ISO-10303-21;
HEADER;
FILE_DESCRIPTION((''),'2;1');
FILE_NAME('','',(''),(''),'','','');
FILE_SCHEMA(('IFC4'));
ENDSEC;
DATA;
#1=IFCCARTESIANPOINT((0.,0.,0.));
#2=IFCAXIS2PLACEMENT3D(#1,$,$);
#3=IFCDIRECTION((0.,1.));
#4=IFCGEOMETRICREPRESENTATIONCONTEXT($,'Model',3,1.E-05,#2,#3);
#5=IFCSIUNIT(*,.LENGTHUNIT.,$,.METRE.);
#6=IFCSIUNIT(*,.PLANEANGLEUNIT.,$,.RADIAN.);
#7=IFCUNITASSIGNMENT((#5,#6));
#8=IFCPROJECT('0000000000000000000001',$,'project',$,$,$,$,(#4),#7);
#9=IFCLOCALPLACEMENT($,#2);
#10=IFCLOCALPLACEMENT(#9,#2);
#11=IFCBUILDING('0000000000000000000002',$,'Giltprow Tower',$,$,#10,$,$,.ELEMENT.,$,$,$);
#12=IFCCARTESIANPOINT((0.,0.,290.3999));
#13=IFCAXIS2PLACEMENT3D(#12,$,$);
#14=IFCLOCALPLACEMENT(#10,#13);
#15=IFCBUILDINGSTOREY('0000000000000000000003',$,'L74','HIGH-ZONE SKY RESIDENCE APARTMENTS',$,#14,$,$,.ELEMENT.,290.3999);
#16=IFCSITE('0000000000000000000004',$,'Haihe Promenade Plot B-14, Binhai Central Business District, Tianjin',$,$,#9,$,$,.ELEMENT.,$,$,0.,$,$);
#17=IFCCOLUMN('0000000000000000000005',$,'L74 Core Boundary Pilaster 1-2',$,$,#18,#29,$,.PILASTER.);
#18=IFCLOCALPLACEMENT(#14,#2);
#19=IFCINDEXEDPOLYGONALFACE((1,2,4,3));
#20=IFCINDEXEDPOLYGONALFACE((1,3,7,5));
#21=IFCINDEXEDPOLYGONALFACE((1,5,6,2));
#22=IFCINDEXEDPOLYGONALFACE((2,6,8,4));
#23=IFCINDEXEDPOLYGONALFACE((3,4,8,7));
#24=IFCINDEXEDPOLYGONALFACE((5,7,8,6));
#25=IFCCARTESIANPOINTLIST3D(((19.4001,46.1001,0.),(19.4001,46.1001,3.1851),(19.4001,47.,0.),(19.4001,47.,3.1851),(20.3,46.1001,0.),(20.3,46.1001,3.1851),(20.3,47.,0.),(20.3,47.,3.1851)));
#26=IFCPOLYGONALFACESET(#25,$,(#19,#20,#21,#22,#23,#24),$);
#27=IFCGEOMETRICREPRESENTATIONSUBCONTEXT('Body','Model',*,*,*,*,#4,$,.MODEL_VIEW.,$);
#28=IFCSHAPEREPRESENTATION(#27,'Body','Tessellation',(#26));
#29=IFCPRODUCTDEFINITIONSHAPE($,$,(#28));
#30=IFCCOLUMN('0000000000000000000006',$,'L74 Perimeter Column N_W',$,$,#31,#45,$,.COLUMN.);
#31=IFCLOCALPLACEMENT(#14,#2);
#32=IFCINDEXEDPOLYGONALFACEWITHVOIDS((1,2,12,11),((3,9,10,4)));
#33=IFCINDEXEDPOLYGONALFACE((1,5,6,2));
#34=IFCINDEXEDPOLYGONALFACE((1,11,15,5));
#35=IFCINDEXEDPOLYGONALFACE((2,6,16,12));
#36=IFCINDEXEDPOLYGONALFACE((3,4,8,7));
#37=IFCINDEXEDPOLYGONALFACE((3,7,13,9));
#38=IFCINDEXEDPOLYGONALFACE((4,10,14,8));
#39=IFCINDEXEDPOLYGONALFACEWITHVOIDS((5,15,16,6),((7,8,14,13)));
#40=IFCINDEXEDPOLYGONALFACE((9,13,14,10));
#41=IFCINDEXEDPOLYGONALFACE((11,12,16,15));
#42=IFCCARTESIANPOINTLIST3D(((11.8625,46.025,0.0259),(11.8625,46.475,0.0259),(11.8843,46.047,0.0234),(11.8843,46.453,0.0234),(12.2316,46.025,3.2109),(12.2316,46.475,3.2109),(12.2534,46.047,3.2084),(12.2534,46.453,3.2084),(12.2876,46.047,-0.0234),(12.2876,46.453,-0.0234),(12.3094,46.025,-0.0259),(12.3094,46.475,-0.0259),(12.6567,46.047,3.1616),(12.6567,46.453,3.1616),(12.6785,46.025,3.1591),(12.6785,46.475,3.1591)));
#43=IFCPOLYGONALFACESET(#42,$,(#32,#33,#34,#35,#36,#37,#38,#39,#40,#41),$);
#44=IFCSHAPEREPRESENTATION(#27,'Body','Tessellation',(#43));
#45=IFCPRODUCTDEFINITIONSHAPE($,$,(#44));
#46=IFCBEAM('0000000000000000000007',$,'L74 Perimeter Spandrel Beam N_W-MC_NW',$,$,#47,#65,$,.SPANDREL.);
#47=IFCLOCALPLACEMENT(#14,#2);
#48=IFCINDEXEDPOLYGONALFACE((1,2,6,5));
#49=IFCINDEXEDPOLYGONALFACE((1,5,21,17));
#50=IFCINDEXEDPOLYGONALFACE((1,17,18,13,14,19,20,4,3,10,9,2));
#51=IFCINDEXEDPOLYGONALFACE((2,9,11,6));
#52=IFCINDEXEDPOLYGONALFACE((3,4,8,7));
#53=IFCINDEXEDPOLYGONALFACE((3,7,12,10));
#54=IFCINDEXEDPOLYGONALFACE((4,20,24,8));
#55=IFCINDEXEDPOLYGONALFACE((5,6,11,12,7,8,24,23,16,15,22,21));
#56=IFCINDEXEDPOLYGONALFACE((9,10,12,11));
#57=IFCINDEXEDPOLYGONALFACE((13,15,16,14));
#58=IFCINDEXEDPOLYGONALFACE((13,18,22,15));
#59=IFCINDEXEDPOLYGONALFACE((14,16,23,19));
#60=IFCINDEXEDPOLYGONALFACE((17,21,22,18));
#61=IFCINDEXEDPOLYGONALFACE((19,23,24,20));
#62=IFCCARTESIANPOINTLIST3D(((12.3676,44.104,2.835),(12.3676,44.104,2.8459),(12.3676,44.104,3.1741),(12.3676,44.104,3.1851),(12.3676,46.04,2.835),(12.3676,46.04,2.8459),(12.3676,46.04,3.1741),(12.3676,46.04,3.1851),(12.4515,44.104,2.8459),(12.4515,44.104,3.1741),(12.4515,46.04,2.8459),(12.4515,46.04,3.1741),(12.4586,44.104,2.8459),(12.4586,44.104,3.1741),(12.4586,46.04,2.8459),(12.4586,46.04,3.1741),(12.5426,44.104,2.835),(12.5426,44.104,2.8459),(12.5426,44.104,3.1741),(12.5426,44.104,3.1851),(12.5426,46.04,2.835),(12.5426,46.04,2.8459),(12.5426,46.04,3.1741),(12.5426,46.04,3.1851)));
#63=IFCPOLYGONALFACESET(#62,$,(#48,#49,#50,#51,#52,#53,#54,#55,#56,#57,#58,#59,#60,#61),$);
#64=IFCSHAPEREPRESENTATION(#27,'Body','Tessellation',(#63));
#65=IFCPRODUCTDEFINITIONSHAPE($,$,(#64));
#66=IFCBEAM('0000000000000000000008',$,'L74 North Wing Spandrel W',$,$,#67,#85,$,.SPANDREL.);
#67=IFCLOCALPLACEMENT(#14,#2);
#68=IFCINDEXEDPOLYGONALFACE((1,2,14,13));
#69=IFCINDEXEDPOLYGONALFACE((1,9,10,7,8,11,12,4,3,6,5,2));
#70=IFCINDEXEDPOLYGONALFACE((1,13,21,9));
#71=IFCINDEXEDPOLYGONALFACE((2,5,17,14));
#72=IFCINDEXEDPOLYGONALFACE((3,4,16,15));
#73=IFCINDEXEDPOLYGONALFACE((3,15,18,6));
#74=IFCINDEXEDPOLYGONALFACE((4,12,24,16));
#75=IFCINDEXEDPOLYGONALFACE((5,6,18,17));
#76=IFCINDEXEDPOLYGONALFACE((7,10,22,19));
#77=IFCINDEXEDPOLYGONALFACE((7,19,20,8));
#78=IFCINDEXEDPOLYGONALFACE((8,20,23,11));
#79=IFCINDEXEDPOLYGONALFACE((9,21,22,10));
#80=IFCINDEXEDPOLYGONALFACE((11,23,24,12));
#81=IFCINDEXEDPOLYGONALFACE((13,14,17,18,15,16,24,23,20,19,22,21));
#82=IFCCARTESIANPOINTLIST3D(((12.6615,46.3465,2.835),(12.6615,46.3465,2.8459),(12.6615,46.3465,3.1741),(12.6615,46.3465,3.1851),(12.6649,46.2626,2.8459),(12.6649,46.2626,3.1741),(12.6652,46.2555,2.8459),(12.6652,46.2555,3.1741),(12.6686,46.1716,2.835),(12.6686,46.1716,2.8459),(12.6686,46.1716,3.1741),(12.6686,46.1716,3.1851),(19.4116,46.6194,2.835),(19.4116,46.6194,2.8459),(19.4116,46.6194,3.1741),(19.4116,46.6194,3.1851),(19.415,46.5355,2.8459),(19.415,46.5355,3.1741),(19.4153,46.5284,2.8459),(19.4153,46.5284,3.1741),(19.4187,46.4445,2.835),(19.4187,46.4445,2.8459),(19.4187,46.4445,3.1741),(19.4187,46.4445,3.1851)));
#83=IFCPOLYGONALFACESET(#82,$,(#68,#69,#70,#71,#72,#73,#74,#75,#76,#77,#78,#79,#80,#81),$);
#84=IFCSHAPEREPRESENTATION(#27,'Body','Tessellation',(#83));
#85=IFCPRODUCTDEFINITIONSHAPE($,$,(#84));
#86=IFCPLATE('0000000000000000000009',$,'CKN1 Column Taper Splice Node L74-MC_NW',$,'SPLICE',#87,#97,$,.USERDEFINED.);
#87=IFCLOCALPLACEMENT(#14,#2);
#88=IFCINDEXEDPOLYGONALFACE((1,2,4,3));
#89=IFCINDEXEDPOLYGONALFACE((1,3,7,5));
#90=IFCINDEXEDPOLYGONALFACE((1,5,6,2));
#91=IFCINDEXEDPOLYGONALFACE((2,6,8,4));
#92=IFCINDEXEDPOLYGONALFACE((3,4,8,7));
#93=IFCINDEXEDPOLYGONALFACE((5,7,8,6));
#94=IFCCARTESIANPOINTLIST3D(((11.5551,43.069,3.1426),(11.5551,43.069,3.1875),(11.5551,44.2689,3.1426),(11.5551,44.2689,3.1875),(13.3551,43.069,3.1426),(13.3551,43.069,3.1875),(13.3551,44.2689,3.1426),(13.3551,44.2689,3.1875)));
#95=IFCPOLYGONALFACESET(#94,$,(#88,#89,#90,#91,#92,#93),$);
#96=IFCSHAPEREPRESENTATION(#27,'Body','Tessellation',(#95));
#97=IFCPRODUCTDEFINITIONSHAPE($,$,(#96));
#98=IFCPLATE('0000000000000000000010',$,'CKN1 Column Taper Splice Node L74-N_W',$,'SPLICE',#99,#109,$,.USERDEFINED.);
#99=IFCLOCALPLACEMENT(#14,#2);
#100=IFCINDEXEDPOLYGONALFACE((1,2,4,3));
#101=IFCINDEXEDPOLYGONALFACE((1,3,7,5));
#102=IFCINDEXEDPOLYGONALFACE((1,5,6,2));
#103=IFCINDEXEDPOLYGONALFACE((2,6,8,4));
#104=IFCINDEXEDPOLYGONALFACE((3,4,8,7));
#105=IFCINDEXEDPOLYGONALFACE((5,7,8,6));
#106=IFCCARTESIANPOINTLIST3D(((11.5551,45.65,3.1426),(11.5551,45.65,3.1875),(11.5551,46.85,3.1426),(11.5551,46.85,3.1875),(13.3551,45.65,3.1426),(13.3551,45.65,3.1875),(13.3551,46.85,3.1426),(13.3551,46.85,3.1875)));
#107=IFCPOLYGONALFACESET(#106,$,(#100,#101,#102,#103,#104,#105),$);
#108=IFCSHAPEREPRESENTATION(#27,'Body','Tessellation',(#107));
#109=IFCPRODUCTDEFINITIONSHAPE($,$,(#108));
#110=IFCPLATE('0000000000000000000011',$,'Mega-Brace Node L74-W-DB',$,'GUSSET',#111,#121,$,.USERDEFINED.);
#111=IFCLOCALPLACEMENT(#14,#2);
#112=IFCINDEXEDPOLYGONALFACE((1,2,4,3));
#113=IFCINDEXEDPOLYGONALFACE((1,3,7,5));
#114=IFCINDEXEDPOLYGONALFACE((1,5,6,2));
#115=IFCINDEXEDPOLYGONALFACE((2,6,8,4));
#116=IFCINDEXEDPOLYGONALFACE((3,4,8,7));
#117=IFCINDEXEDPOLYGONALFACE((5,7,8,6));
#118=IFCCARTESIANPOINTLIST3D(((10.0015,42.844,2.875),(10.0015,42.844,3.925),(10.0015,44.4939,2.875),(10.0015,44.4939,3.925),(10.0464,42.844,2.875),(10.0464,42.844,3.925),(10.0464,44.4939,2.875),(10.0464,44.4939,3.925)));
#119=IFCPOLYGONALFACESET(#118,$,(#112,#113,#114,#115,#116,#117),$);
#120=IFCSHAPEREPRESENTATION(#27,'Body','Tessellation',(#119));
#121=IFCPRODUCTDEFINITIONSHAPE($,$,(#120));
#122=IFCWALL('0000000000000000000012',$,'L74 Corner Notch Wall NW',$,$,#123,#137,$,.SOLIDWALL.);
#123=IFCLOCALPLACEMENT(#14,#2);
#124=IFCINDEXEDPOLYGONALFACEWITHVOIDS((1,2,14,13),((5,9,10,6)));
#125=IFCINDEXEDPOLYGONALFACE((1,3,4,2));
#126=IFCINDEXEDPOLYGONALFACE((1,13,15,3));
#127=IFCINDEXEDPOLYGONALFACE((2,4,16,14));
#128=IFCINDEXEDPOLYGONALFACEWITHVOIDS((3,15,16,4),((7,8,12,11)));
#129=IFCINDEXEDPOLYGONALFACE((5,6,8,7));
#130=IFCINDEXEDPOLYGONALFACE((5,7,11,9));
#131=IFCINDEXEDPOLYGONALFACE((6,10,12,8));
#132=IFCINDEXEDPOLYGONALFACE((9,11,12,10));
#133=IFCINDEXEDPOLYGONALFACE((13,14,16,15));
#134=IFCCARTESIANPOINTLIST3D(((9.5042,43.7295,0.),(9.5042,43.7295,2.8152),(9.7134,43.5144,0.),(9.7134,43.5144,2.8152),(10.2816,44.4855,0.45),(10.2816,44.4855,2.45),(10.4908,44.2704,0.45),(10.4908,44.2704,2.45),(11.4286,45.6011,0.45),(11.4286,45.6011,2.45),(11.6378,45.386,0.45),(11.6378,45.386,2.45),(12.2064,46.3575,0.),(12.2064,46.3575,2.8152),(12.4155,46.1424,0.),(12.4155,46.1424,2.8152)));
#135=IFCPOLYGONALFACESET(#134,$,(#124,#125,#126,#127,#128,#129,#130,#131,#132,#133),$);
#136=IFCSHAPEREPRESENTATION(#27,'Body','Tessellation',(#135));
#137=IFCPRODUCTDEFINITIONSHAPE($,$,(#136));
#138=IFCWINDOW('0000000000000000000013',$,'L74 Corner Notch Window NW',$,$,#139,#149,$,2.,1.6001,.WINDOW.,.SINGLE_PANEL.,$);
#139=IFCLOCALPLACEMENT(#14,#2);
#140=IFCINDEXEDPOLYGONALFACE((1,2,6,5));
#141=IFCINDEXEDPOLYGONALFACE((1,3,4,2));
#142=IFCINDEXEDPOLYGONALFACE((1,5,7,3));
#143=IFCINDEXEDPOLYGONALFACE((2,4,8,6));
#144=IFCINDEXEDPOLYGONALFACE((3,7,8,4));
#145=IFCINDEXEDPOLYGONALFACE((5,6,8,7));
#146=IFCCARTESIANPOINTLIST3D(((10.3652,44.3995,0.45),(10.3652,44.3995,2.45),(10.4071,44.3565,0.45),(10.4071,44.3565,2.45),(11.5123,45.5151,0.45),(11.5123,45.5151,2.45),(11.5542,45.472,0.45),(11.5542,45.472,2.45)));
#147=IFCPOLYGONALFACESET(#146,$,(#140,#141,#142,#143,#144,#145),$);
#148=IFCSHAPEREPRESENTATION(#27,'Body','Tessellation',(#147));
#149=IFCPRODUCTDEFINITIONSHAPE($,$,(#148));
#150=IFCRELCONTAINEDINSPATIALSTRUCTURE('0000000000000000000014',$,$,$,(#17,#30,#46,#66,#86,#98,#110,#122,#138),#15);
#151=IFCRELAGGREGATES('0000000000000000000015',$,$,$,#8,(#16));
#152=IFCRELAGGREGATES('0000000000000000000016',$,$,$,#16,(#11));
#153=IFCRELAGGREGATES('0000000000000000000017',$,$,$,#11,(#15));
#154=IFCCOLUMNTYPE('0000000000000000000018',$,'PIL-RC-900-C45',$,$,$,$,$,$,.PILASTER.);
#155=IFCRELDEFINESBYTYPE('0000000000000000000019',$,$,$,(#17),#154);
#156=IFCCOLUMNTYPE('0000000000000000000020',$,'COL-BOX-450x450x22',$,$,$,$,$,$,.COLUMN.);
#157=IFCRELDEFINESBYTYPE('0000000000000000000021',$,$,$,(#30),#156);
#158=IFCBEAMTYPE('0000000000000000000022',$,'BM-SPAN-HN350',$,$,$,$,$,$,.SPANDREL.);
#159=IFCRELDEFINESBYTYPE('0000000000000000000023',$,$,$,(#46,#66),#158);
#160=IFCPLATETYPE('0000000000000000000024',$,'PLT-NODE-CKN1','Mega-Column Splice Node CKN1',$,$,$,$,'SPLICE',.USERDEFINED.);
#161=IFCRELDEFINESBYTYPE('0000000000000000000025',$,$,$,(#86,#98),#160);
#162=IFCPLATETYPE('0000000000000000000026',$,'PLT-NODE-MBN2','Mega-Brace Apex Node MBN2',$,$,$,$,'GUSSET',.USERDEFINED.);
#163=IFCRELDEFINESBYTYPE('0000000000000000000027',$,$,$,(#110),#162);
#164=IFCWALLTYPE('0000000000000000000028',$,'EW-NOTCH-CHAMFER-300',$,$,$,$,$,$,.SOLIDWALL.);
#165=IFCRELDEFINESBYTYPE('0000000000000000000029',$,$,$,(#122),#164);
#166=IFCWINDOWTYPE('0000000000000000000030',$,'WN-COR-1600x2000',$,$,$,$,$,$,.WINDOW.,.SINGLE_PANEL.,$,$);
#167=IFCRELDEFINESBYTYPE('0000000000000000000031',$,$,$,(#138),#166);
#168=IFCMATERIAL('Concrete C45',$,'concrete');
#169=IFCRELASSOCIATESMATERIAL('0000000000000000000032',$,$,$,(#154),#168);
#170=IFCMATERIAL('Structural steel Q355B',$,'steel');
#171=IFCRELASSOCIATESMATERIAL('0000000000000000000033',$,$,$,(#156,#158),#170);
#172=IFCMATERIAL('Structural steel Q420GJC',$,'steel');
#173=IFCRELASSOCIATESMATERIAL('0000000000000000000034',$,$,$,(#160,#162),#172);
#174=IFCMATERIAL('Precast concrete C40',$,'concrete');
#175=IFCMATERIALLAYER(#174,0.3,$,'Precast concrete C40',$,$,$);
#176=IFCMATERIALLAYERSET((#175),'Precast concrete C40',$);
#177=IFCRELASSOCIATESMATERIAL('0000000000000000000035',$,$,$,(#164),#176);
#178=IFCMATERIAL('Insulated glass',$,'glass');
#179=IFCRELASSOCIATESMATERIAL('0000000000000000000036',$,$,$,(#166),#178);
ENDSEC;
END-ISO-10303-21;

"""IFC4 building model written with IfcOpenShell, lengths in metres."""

from ifc_helpers import new_model, si_unit, direction, frame, frame_2d, origin, origin_2d, place, context, subcontext, project, spatial, rectangle, hollow_rectangle, i_section, extrude, source, transform, mapped, material, layer, layer_set, material_profile, profile_set, type_object, element, fill, save


model = new_model("IFC4")

# Units and contexts
model_context = context("Model", 3, precision=1e-05, world=origin(), true_north=direction((0.0, 1.0)))
body_context = subcontext(model_context, "Body", "Model", "MODEL_VIEW")
ifc_project = project(units=[si_unit("LENGTHUNIT", "METRE"), si_unit("PLANEANGLEUNIT", "RADIAN")], contexts=[model_context])

# Site, building, storey
site_placement = place(None, origin())
site = spatial("IfcSite", under=ifc_project, at=site_placement, Name="Haihe Promenade Plot B-14, Binhai Central Business District, Tianjin", CompositionType="ELEMENT", RefElevation=0.0)
building_placement = place(site_placement, origin())
building = spatial("IfcBuilding", under=site, at=building_placement, Name="Giltprow Tower", CompositionType="ELEMENT")
storey_placement = place(building_placement, frame((0.0, 0.0, 290.3999)))
storey = spatial("IfcBuildingStorey", under=building, at=storey_placement, Name="L74", Description="HIGH-ZONE SKY RESIDENCE APARTMENTS", CompositionType="ELEMENT", Elevation=290.3999)

# Columns
ifc_material_1 = material(Name="Concrete C45", Category="concrete")
ifc_material_profile_1 = material_profile(ifc_material_1, rectangle(XDim=0.8999, YDim=0.8999, at=origin_2d()), Name="RC 900x900")
ifc_profile_set_1 = profile_set([ifc_material_profile_1], Name="Concrete C45")
column_type_1 = type_object("IfcColumnType", Name="PIL-RC-900-C45", PredefinedType="PILASTER", material=ifc_profile_set_1)
shared_shape_1 = source(origin(), body_context, "Body", "SweptSolid", [
    extrude(rectangle(XDim=0.8999, YDim=0.8999, at=origin_2d()), origin(), (0.0, 0.0, 1.0), 3.1851),
])
column_1_placement = place(storey_placement, frame((19.8501, 46.55, 0.0), z_axis=(0.0, 0.0, 1.0), x_axis=(1.0, 0.0, 0.0)))
element("IfcColumn", 1, at=column_1_placement, inside=storey, type_object=column_type_1, Name="L74 Core Boundary Pilaster 1-2", PredefinedType="PILASTER", context=body_context, shape_type="MappedRepresentation", body=[
    mapped(shared_shape_1, transform((0.0, 0.0, 0.0), x_axis=(1.0, 0.0, 0.0), y_axis=(0.0, 1.0, 0.0), z_axis=(0.0, 0.0, 1.0), scale=1.0)),
])
ifc_material_2 = material(Name="Structural steel Q355B", Category="steel")
ifc_material_profile_2 = material_profile(ifc_material_2, hollow_rectangle(XDim=0.45, YDim=0.45, WallThickness=0.022, at=origin_2d()), Name="BOX 450x450x22")
ifc_profile_set_2 = profile_set([ifc_material_profile_2], Name="Structural steel Q355B")
column_type_2 = type_object("IfcColumnType", Name="COL-BOX-450x450x22", PredefinedType="COLUMN", material=ifc_profile_set_2)
shared_shape_2 = source(origin(), body_context, "Body", "SweptSolid", [
    extrude(hollow_rectangle(XDim=0.45, YDim=0.45, WallThickness=0.022, at=origin_2d()), origin(), (0.0, 0.0, 1.0), 3.2063),
])
column_2_placement = place(storey_placement, frame((12.0859, 46.25, 0.0), z_axis=(0.115127, 0.0, 0.993351), x_axis=(0.0, 1.0, 0.0)))
element("IfcColumn", 2, at=column_2_placement, inside=storey, type_object=column_type_2, Name="L74 Perimeter Column N_W", PredefinedType="COLUMN", context=body_context, shape_type="MappedRepresentation", body=[
    mapped(shared_shape_2, transform((0.0, 0.0, 0.0), x_axis=(1.0, 0.0, 0.0), y_axis=(0.0, 1.0, 0.0), z_axis=(0.0, 0.0, 1.0), scale=1.0)),
])

# Beams
ifc_material_profile_3 = material_profile(ifc_material_2, i_section(OverallWidth=0.175, OverallDepth=0.3501, WebThickness=0.0071, FlangeThickness=0.011, at=origin_2d()), Name="HN 350x175x7x11")
ifc_profile_set_3 = profile_set([ifc_material_profile_3], Name="Structural steel Q355B")
beam_type = type_object("IfcBeamType", Name="BM-SPAN-HN350", PredefinedType="SPANDREL", material=ifc_profile_set_3)
shared_shape_3 = source(origin(), body_context, "Body", "SweptSolid", [
    extrude(i_section(OverallWidth=0.175, OverallDepth=0.3501, WebThickness=0.0071, FlangeThickness=0.011, at=origin_2d()), origin(), (0.0, 0.0, 1.0), 1.936),
])
beam_1_placement = place(storey_placement, frame((12.4551, 46.04, 3.01), z_axis=(0.0, -1.0, 0.0), x_axis=(1.0, 0.0, 0.0)))
element("IfcBeam", 3, at=beam_1_placement, inside=storey, type_object=beam_type, Name="L74 Perimeter Spandrel Beam N_W-MC_NW", PredefinedType="SPANDREL", context=body_context, shape_type="MappedRepresentation", body=[
    mapped(shared_shape_3, transform((0.0, 0.0, 0.0), x_axis=(1.0, 0.0, 0.0), y_axis=(0.0, 1.0, 0.0), z_axis=(0.0, 0.0, 1.0), scale=1.0)),
])
shared_shape_4 = source(origin(), body_context, "Body", "SweptSolid", [
    extrude(i_section(OverallWidth=0.175, OverallDepth=0.3501, WebThickness=0.0071, FlangeThickness=0.011, at=origin_2d()), origin(), (0.0, 0.0, 1.0), 6.7556),
])
beam_2_placement = place(storey_placement, frame((12.665, 46.259, 3.01), z_axis=(0.999183, 0.040404, 0.0), x_axis=(-0.040404, 0.999183, 0.0)))
element("IfcBeam", 4, at=beam_2_placement, inside=storey, type_object=beam_type, Name="L74 North Wing Spandrel W", PredefinedType="SPANDREL", context=body_context, shape_type="MappedRepresentation", body=[
    mapped(shared_shape_4, transform((0.0, 0.0, 0.0), x_axis=(1.0, 0.0, 0.0), y_axis=(0.0, 1.0, 0.0), z_axis=(0.0, 0.0, 1.0), scale=1.0)),
])

# Plates
ifc_material_3 = material(Name="Structural steel Q420GJC", Category="steel")
plate_type_1 = type_object("IfcPlateType", Name="PLT-NODE-CKN1", Description="Mega-Column Splice Node CKN1", ElementType="SPLICE", PredefinedType="USERDEFINED", material=ifc_material_3)
shared_shape_5 = source(origin(), body_context, "Body", "SweptSolid", [
    extrude(rectangle(XDim=1.8, YDim=1.2, at=origin_2d()), origin(), (0.0, 0.0, 1.0), 0.0449),
])
for number, where, z_axis, x_axis, name in (
    (5, (12.4551, 43.6689, 3.1426), (0.0, 0.0, 1.0), (1.0, 0.0, 0.0), "CKN1 Column Taper Splice Node L74-MC_NW"),
    (6, (12.4551, 46.25, 3.1426), (0.0, 0.0, 1.0), (1.0, 0.0, 0.0), "CKN1 Column Taper Splice Node L74-N_W"),
):
    element("IfcPlate", number, at=place(storey_placement, frame(where, z_axis=z_axis, x_axis=x_axis)), inside=storey, type_object=plate_type_1, Name=name, ObjectType="SPLICE", PredefinedType="USERDEFINED", context=body_context, shape_type="MappedRepresentation", body=[
        mapped(shared_shape_5, transform((0.0, 0.0, 0.0), x_axis=(1.0, 0.0, 0.0), y_axis=(0.0, 1.0, 0.0), z_axis=(0.0, 0.0, 1.0), scale=1.0)),
    ])
plate_type_2 = type_object("IfcPlateType", Name="PLT-NODE-MBN2", Description="Mega-Brace Apex Node MBN2", ElementType="GUSSET", PredefinedType="USERDEFINED", material=ifc_material_3)
shared_shape_6 = source(origin(), body_context, "Body", "SweptSolid", [
    extrude(rectangle(XDim=1.6499, YDim=0.0449, at=origin_2d()), origin(), (0.0, 0.0, 1.0), 1.05),
])
plate_placement = place(storey_placement, frame((10.0239, 43.6689, 2.875), z_axis=(0.0, 0.0, 1.0), x_axis=(0.0, 1.0, 0.0)))
element("IfcPlate", 7, at=plate_placement, inside=storey, type_object=plate_type_2, Name="Mega-Brace Node L74-W-DB", ObjectType="GUSSET", PredefinedType="USERDEFINED", context=body_context, shape_type="MappedRepresentation", body=[
    mapped(shared_shape_6, transform((0.0, 0.0, 0.0), x_axis=(1.0, 0.0, 0.0), y_axis=(0.0, 1.0, 0.0), z_axis=(0.0, 0.0, 1.0), scale=1.0)),
])

# Wall, opening, window
ifc_material_4 = material(Name="Precast concrete C40", Category="concrete")
ifc_layer_1 = layer(ifc_material_4, 0.3, Name="Precast concrete C40")
ifc_layer_set_1 = layer_set([ifc_layer_1], Name="Precast concrete C40")
wall_type_1 = type_object("IfcWallType", Name="EW-NOTCH-CHAMFER-300", PredefinedType="SOLIDWALL", material=ifc_layer_set_1)
wall_1_placement = place(storey_placement, frame((12.311, 46.25, 0.0), z_axis=(0.0, 0.0, 1.0), x_axis=(-0.716883, -0.697193, 0.0)))
wall_1 = element("IfcWall", 8, at=wall_1_placement, inside=storey, type_object=wall_type_1, Name="L74 Corner Notch Wall NW", PredefinedType="SOLIDWALL", context=body_context, shape_type="SweptSolid", body=[
    extrude(rectangle(XDim=3.7693, YDim=0.3, at=frame_2d((1.8848, 0.0))), origin(), (0.0, 0.0, 1.0), 2.8152),
])
opening_1_placement = place(wall_1_placement, frame((1.085, 0.0, 0.45)))
opening_1 = element("IfcOpeningElement", 9, at=opening_1_placement, cuts=wall_1, PredefinedType="OPENING", context=body_context, shape_type="SweptSolid", body=[
    extrude(rectangle(XDim=1.6001, YDim=2.0, at=frame_2d((0.8, 1.0))), frame((0.0, 0.1599, 0.0), z_axis=(0.0, -1.0, 0.0), x_axis=(1.0, 0.0, 0.0)), (0.0, 0.0, 1.0), 0.3201),
])
ifc_material_5 = material(Name="Insulated glass", Category="glass")
window_type = type_object("IfcWindowType", Name="WN-COR-1600x2000", PartitioningType="SINGLE_PANEL", PredefinedType="WINDOW", material=ifc_material_5)
shared_shape_7 = source(origin(), body_context, "Body", "SweptSolid", [
    extrude(rectangle(XDim=1.6001, YDim=2.0, at=frame_2d((0.8, 1.0))), frame((0.0, 0.03, 0.0), z_axis=(0.0, -1.0, 0.0), x_axis=(1.0, 0.0, 0.0)), (0.0, 0.0, 1.0), 0.0601),
])
window_1_placement = place(opening_1_placement, origin())
window_1 = element("IfcWindow", 10, at=window_1_placement, inside=storey, type_object=window_type, Name="L74 Corner Notch Window NW", OverallHeight=2.0, OverallWidth=1.6001, PartitioningType="SINGLE_PANEL", PredefinedType="WINDOW", context=body_context, shape_type="MappedRepresentation", body=[
    mapped(shared_shape_7, transform((0.0, 0.0, 0.0), x_axis=(1.0, 0.0, 0.0), y_axis=(0.0, 1.0, 0.0), z_axis=(0.0, 0.0, 1.0), scale=1.0)),
])
fill(opening_1, window_1)

save(model, "model.ifc")
